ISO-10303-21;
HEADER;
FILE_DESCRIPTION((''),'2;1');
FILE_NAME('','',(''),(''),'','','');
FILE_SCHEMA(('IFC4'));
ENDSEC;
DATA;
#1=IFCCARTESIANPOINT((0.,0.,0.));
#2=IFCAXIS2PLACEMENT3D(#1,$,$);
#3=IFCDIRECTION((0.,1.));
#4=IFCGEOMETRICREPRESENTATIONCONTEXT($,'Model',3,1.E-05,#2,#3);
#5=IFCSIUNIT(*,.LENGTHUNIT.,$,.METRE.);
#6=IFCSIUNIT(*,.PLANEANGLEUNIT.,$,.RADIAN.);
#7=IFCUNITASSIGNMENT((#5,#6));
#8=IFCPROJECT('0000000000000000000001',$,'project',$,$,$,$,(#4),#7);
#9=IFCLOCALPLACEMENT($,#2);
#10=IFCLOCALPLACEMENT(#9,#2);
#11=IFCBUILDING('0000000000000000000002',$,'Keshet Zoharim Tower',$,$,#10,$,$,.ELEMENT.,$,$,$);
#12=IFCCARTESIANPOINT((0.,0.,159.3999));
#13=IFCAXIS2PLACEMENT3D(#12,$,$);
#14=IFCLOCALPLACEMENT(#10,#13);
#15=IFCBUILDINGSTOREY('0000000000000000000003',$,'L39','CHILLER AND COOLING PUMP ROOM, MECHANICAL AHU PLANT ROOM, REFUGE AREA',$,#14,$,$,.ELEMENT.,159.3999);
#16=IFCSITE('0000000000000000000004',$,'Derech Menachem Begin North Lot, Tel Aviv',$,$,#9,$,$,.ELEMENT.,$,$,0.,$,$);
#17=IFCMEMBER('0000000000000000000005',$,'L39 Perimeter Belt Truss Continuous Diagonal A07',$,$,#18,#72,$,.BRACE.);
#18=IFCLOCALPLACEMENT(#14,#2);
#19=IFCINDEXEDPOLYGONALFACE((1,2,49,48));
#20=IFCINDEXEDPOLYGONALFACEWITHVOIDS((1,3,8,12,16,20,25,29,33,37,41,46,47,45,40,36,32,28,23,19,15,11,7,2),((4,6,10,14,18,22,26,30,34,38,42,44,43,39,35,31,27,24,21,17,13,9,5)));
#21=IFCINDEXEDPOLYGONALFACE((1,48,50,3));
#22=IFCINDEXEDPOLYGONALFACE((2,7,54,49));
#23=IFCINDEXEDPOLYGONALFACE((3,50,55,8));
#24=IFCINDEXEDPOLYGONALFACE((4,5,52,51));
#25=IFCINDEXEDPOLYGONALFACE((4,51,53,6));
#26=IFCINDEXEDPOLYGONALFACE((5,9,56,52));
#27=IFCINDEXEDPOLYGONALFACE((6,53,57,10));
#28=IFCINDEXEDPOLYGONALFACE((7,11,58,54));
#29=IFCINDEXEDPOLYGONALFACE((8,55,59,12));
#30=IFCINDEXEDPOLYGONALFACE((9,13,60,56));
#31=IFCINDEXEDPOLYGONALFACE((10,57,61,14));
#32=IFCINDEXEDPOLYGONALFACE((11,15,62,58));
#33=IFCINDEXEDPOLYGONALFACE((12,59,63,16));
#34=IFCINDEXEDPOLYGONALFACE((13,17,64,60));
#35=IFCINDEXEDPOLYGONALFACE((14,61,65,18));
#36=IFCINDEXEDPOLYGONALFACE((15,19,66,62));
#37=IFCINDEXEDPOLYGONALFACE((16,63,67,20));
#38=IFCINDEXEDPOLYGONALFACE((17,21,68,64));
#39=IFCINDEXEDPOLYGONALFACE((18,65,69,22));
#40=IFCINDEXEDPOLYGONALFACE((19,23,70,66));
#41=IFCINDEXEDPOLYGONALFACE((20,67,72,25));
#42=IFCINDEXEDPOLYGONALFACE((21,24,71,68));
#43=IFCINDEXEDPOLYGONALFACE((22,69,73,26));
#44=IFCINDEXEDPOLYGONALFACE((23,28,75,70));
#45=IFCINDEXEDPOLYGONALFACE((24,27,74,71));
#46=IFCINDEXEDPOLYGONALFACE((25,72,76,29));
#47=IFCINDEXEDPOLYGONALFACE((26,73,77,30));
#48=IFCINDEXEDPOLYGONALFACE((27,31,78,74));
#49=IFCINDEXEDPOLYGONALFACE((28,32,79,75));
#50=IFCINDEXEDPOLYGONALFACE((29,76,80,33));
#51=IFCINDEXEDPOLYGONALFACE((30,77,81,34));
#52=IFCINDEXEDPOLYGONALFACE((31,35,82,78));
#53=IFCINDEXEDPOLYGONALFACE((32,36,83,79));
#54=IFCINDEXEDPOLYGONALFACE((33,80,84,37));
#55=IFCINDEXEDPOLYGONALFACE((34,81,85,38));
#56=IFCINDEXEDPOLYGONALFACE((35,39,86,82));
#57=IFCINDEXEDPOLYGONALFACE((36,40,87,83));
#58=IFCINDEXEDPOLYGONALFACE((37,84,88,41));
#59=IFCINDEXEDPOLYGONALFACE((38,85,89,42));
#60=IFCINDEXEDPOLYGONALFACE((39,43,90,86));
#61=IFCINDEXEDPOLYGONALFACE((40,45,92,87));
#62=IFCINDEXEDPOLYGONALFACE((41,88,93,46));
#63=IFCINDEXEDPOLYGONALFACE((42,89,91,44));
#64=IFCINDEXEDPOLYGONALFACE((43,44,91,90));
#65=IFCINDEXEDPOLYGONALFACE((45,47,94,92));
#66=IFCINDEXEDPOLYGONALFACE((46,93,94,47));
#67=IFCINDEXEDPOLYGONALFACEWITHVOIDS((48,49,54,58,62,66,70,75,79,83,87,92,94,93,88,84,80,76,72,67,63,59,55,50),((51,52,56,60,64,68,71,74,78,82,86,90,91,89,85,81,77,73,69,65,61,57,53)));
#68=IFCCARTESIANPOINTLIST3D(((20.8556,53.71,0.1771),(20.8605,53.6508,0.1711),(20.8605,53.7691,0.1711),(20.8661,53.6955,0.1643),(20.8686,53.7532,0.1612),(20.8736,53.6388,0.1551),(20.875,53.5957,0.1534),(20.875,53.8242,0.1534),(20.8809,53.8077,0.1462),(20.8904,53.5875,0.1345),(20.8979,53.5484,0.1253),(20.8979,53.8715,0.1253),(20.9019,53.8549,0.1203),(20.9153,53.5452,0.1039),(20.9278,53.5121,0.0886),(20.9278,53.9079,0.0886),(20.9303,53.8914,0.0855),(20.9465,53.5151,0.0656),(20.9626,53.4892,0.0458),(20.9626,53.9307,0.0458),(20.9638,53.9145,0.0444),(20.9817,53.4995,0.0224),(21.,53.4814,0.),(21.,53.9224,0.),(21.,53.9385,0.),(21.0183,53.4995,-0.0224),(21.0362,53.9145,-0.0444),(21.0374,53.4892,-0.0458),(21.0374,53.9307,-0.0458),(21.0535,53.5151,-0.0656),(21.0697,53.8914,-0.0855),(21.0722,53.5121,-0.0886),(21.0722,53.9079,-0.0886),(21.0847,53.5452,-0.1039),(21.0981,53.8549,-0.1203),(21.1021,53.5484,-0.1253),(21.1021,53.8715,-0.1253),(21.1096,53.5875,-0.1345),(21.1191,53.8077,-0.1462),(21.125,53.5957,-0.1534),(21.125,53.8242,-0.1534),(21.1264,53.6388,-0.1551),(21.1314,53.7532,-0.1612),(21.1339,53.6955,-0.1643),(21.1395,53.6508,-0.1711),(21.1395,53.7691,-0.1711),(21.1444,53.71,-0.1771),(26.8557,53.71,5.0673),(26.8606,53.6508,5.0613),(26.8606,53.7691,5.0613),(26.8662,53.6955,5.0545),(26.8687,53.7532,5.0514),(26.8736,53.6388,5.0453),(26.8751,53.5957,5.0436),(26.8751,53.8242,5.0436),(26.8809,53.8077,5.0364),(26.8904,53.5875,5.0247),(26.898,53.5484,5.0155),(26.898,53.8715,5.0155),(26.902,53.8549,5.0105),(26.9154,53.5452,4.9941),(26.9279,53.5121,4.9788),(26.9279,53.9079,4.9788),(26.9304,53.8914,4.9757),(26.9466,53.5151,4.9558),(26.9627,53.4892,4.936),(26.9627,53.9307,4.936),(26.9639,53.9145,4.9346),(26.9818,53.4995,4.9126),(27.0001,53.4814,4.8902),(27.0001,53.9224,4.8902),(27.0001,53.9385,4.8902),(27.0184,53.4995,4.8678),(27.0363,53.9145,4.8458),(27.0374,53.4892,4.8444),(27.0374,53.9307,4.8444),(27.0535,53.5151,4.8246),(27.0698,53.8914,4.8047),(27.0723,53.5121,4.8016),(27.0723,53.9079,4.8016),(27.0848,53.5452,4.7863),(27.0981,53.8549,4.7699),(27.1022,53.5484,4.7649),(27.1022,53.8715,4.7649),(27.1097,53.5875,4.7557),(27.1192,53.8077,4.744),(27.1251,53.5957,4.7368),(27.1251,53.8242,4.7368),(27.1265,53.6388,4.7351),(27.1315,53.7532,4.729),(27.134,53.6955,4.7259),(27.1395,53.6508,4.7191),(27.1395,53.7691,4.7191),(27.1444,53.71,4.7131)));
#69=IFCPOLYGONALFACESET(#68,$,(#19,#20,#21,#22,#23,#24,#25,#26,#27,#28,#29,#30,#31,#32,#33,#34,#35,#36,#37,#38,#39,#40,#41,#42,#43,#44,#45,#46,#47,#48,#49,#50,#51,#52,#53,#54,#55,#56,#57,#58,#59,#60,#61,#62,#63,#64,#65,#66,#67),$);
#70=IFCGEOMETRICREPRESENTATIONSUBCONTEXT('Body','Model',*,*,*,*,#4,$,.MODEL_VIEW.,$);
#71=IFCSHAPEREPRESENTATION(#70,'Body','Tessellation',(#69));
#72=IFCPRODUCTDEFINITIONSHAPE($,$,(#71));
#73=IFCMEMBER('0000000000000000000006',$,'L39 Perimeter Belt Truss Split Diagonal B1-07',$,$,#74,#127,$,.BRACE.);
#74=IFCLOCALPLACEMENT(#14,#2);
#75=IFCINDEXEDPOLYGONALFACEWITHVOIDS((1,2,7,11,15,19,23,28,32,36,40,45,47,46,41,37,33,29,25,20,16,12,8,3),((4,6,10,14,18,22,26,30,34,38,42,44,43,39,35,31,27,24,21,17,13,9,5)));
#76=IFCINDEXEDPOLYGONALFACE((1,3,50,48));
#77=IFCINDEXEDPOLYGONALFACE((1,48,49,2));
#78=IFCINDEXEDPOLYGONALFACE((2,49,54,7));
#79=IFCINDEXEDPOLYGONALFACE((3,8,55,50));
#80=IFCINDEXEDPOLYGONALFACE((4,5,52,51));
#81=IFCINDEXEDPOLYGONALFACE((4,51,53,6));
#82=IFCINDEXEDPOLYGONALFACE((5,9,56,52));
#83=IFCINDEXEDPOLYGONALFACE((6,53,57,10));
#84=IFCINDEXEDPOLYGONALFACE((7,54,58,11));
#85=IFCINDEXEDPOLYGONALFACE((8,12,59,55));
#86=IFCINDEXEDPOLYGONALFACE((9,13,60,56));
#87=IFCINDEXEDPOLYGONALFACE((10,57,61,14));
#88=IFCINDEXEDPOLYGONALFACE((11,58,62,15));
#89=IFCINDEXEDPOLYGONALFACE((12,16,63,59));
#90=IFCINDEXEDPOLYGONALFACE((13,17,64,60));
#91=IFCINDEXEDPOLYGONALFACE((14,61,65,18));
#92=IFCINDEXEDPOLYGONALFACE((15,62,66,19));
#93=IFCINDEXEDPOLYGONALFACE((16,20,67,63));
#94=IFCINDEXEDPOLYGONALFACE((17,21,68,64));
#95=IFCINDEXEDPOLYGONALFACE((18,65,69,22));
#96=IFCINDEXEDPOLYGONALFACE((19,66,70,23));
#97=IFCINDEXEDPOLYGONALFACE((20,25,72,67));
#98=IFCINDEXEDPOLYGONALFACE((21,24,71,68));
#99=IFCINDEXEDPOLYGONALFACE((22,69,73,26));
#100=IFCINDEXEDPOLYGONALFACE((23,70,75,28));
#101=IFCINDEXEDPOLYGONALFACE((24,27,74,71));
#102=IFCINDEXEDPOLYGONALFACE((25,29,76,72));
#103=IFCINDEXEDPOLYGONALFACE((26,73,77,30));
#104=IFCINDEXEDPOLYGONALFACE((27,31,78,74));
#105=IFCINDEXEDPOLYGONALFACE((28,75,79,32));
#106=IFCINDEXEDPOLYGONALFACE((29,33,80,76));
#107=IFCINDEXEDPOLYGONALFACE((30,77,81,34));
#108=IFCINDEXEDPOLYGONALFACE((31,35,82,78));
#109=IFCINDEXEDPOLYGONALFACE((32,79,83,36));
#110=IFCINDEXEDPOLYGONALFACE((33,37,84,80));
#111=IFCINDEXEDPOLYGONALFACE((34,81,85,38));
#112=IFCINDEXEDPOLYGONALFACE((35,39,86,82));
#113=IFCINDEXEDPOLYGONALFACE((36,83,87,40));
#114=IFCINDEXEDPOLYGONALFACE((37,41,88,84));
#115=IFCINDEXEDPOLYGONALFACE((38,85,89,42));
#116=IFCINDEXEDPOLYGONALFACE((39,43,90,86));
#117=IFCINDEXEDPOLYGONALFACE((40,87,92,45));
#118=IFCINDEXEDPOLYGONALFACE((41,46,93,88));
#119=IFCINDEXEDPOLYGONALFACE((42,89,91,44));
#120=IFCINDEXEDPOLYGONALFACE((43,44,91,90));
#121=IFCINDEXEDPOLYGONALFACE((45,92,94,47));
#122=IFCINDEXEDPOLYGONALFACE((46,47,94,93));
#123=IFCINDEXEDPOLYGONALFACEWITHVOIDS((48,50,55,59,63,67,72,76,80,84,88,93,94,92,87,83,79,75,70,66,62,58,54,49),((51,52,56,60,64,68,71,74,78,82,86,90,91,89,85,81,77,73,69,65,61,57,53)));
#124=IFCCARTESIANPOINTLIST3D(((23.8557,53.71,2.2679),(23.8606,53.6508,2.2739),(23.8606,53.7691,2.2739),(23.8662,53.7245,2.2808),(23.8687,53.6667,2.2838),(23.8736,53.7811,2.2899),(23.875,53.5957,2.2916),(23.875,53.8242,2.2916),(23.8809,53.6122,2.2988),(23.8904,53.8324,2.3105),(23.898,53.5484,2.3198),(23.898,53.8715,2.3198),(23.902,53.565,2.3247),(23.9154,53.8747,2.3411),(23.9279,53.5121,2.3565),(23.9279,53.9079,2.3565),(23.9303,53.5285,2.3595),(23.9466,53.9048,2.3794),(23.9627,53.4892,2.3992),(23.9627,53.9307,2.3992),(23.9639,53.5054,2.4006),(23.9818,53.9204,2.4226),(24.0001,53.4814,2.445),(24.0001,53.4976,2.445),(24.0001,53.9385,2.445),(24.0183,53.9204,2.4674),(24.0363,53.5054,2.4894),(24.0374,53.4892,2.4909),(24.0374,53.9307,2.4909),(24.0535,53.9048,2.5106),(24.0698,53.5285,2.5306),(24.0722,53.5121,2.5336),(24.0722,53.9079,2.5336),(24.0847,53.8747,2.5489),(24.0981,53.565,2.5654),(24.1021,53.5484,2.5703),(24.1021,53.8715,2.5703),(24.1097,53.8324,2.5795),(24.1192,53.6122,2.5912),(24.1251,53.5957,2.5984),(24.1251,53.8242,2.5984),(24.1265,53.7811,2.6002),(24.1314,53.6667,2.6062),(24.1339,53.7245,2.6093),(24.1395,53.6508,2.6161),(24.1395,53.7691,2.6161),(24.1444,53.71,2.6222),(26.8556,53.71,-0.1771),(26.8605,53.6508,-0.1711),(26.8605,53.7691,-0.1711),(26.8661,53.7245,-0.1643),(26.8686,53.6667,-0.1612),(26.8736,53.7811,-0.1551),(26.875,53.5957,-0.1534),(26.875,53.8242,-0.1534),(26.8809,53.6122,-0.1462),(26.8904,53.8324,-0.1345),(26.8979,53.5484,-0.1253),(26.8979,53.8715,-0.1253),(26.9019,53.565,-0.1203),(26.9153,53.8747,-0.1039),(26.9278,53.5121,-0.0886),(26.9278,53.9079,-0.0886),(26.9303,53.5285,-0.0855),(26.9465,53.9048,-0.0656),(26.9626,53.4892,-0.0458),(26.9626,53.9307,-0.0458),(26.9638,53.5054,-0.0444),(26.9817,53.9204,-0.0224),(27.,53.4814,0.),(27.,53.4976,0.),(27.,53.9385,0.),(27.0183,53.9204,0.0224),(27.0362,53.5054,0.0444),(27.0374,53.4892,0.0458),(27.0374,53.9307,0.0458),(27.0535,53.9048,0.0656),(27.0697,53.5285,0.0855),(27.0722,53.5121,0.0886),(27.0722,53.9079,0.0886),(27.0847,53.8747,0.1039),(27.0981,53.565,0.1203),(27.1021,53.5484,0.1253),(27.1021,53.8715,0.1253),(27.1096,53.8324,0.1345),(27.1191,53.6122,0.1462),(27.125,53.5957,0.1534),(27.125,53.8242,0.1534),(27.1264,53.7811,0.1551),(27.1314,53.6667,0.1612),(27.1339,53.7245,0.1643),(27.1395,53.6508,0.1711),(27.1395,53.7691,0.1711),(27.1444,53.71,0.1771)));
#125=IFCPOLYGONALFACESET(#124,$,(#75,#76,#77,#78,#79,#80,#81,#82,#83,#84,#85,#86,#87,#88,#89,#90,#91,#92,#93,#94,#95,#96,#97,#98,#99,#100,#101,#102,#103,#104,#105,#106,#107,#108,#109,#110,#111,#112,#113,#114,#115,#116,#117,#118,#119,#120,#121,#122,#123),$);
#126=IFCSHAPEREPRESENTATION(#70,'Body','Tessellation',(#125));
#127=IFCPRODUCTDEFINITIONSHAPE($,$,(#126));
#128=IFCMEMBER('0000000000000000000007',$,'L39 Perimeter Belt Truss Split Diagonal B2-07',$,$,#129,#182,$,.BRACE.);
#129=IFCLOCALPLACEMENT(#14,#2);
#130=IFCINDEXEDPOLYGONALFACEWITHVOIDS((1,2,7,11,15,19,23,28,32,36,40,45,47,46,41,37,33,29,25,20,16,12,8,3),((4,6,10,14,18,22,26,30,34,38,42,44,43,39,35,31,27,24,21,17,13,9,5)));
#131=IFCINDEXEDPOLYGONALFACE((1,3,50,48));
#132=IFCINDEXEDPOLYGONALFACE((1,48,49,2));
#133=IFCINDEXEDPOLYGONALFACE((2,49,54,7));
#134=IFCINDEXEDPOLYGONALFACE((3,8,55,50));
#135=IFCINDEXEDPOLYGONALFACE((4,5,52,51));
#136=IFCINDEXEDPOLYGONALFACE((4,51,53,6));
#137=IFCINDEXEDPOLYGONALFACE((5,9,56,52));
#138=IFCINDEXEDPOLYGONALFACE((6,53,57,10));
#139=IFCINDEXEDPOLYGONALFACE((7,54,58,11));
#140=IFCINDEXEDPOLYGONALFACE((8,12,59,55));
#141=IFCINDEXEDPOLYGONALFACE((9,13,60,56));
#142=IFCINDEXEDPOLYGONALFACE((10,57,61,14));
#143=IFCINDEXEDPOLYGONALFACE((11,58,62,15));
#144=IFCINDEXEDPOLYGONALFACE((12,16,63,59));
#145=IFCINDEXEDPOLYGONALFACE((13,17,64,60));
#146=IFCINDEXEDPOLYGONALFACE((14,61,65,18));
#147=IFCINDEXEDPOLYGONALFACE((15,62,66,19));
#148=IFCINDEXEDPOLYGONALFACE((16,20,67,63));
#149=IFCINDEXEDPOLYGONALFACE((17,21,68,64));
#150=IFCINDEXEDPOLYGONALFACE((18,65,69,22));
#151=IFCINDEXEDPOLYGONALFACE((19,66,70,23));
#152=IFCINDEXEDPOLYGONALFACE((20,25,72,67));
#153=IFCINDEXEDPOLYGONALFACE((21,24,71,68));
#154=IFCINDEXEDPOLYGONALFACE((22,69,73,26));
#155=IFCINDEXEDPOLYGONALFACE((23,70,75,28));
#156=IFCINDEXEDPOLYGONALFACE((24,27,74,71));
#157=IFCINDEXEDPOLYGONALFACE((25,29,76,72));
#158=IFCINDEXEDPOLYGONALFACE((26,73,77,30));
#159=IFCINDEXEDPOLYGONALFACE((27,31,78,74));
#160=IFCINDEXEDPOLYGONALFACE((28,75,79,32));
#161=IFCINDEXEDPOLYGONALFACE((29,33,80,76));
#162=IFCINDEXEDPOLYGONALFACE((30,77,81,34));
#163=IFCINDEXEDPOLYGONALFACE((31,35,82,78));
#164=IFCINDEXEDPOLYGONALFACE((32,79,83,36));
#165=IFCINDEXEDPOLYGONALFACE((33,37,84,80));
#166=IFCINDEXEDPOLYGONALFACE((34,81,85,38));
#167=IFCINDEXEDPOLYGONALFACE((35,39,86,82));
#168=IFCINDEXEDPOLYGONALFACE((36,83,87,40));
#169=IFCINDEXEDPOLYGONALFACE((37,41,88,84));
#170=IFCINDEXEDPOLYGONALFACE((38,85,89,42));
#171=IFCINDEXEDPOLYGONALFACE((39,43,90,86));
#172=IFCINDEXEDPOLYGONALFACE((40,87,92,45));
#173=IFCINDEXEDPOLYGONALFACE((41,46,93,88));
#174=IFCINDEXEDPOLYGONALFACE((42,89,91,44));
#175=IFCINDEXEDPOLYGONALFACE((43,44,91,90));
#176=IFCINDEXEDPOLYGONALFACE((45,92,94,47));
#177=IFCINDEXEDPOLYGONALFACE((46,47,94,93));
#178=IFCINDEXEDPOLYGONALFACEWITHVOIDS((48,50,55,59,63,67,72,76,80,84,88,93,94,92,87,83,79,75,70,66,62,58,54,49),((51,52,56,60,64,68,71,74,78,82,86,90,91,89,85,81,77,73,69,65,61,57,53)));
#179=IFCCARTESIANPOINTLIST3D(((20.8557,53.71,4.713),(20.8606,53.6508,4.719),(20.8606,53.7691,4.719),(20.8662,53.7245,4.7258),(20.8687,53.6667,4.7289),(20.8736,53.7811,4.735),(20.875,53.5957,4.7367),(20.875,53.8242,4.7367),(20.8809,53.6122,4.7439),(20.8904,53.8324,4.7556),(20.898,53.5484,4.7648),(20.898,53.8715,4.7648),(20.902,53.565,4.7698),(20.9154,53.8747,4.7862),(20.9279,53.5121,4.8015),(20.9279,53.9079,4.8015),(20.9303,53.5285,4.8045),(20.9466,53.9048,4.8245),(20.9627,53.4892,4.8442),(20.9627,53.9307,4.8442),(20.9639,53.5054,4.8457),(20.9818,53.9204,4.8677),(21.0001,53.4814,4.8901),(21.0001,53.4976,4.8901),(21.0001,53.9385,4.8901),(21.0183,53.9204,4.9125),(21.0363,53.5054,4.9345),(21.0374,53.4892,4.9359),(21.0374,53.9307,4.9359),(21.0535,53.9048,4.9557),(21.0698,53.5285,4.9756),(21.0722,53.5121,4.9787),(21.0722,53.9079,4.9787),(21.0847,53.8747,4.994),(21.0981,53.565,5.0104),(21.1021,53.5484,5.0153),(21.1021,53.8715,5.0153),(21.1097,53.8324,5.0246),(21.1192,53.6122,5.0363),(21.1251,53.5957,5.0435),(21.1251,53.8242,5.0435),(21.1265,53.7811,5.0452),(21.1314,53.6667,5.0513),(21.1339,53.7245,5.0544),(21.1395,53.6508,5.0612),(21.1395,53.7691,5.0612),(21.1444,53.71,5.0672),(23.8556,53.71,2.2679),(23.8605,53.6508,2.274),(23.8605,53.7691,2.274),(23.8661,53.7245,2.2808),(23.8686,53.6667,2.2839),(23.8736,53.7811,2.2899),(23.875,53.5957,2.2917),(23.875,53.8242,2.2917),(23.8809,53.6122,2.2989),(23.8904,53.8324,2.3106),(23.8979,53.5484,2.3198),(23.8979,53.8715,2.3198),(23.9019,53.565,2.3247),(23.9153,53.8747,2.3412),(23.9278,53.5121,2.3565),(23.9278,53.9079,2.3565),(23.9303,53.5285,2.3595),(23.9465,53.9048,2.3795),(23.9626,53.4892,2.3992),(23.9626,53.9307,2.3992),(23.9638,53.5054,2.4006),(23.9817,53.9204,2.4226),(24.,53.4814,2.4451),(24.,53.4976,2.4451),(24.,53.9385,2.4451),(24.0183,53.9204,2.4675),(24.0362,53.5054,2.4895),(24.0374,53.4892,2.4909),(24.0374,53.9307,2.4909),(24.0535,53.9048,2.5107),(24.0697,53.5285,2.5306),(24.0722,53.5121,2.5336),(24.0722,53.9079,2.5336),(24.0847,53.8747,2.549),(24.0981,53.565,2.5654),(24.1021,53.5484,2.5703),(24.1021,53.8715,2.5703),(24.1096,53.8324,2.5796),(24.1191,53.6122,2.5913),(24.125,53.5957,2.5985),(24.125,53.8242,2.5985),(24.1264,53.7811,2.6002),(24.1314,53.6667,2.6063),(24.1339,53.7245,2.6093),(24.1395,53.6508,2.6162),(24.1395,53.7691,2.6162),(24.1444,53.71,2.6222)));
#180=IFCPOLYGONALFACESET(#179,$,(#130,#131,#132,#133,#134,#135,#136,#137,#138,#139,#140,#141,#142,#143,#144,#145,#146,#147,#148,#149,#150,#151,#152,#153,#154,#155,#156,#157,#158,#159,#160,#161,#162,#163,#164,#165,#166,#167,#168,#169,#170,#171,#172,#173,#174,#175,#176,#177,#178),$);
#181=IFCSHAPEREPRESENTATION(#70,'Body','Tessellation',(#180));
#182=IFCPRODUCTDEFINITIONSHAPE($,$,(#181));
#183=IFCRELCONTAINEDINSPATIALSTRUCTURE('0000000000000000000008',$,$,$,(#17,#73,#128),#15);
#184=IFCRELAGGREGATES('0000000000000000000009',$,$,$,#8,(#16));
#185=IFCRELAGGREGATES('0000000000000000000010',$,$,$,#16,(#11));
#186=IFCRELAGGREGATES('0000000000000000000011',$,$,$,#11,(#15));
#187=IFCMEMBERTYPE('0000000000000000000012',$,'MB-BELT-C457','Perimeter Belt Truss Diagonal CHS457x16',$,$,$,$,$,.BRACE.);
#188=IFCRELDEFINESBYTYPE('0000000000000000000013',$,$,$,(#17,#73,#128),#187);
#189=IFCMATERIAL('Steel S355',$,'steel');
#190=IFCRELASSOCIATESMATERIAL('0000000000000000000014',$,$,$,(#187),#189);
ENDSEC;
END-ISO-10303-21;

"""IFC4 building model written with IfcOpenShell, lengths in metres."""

from ifc_helpers import new_model, si_unit, direction, frame, origin, origin_2d, place, context, subcontext, project, spatial, hollow_circle, extrude, material, material_profile, profile_set, type_object, element, save


model = new_model("IFC4")

# Units and contexts
model_context = context("Model", 3, precision=1e-05, world=origin(), true_north=direction((0.0, 1.0)))
body_context = subcontext(model_context, "Body", "Model", "MODEL_VIEW")
ifc_project = project(units=[si_unit("LENGTHUNIT", "METRE"), si_unit("PLANEANGLEUNIT", "RADIAN")], contexts=[model_context])

# Site, building, storey
site_placement = place(None, origin())
site = spatial("IfcSite", under=ifc_project, at=site_placement, Name="Derech Menachem Begin North Lot, Tel Aviv", CompositionType="ELEMENT", RefElevation=0.0)
building_placement = place(site_placement, origin())
building = spatial("IfcBuilding", under=site, at=building_placement, Name="Keshet Zoharim Tower", CompositionType="ELEMENT")
storey_placement = place(building_placement, frame((0.0, 0.0, 159.3999)))
storey = spatial("IfcBuildingStorey", under=building, at=storey_placement, Name="L39", Description="CHILLER AND COOLING PUMP ROOM, MECHANICAL AHU PLANT ROOM, REFUGE AREA", CompositionType="ELEMENT", Elevation=159.3999)

# Shared definitions
ifc_material_1 = material(Name="Steel S355", Category="steel")

# Members
ifc_material_profile_1 = material_profile(ifc_material_1, hollow_circle(Radius=0.2285, WallThickness=0.0161, at=origin_2d()), Name="CHS457x16")
ifc_profile_set_1 = profile_set([ifc_material_profile_1], Name="Steel S355")
member_type_1 = type_object("IfcMemberType", Name="MB-BELT-C457", Description="Perimeter Belt Truss Diagonal CHS457x16", PredefinedType="BRACE", material=ifc_profile_set_1)
member_1_placement = place(storey_placement, frame((21.0, 53.71, 0.0), z_axis=(0.775156, 0.0, 0.63177), x_axis=(0.0, 1.0, 0.0)))
element("IfcMember", 1, at=member_1_placement, inside=storey, type_object=member_type_1, Name="L39 Perimeter Belt Truss Continuous Diagonal A07", PredefinedType="BRACE", context=body_context, shape_type="SweptSolid", body=[
    extrude(hollow_circle(Radius=0.2285, WallThickness=0.0161, at=origin_2d()), origin(), (0.0, 0.0, 1.0), 7.7405),
])
for number, where, z_axis, x_axis, name in (
    (2, (27.0, 53.71, 0.0), (-0.775156, 0.0, 0.63177), (0.0, -1.0, 0.0), "L39 Perimeter Belt Truss Split Diagonal B1-07"),
    (3, (24.0, 53.71, 2.4451), (-0.775156, 0.0, 0.63177), (0.0, -1.0, 0.0), "L39 Perimeter Belt Truss Split Diagonal B2-07"),
):
    element("IfcMember", number, at=place(storey_placement, frame(where, z_axis=z_axis, x_axis=x_axis)), inside=storey, type_object=member_type_1, Name=name, PredefinedType="BRACE", context=body_context, shape_type="SweptSolid", body=[
        extrude(hollow_circle(Radius=0.2285, WallThickness=0.0161, at=origin_2d()), origin(), (0.0, 0.0, 1.0), 3.8701),
    ])

save(model, "model.ifc")
